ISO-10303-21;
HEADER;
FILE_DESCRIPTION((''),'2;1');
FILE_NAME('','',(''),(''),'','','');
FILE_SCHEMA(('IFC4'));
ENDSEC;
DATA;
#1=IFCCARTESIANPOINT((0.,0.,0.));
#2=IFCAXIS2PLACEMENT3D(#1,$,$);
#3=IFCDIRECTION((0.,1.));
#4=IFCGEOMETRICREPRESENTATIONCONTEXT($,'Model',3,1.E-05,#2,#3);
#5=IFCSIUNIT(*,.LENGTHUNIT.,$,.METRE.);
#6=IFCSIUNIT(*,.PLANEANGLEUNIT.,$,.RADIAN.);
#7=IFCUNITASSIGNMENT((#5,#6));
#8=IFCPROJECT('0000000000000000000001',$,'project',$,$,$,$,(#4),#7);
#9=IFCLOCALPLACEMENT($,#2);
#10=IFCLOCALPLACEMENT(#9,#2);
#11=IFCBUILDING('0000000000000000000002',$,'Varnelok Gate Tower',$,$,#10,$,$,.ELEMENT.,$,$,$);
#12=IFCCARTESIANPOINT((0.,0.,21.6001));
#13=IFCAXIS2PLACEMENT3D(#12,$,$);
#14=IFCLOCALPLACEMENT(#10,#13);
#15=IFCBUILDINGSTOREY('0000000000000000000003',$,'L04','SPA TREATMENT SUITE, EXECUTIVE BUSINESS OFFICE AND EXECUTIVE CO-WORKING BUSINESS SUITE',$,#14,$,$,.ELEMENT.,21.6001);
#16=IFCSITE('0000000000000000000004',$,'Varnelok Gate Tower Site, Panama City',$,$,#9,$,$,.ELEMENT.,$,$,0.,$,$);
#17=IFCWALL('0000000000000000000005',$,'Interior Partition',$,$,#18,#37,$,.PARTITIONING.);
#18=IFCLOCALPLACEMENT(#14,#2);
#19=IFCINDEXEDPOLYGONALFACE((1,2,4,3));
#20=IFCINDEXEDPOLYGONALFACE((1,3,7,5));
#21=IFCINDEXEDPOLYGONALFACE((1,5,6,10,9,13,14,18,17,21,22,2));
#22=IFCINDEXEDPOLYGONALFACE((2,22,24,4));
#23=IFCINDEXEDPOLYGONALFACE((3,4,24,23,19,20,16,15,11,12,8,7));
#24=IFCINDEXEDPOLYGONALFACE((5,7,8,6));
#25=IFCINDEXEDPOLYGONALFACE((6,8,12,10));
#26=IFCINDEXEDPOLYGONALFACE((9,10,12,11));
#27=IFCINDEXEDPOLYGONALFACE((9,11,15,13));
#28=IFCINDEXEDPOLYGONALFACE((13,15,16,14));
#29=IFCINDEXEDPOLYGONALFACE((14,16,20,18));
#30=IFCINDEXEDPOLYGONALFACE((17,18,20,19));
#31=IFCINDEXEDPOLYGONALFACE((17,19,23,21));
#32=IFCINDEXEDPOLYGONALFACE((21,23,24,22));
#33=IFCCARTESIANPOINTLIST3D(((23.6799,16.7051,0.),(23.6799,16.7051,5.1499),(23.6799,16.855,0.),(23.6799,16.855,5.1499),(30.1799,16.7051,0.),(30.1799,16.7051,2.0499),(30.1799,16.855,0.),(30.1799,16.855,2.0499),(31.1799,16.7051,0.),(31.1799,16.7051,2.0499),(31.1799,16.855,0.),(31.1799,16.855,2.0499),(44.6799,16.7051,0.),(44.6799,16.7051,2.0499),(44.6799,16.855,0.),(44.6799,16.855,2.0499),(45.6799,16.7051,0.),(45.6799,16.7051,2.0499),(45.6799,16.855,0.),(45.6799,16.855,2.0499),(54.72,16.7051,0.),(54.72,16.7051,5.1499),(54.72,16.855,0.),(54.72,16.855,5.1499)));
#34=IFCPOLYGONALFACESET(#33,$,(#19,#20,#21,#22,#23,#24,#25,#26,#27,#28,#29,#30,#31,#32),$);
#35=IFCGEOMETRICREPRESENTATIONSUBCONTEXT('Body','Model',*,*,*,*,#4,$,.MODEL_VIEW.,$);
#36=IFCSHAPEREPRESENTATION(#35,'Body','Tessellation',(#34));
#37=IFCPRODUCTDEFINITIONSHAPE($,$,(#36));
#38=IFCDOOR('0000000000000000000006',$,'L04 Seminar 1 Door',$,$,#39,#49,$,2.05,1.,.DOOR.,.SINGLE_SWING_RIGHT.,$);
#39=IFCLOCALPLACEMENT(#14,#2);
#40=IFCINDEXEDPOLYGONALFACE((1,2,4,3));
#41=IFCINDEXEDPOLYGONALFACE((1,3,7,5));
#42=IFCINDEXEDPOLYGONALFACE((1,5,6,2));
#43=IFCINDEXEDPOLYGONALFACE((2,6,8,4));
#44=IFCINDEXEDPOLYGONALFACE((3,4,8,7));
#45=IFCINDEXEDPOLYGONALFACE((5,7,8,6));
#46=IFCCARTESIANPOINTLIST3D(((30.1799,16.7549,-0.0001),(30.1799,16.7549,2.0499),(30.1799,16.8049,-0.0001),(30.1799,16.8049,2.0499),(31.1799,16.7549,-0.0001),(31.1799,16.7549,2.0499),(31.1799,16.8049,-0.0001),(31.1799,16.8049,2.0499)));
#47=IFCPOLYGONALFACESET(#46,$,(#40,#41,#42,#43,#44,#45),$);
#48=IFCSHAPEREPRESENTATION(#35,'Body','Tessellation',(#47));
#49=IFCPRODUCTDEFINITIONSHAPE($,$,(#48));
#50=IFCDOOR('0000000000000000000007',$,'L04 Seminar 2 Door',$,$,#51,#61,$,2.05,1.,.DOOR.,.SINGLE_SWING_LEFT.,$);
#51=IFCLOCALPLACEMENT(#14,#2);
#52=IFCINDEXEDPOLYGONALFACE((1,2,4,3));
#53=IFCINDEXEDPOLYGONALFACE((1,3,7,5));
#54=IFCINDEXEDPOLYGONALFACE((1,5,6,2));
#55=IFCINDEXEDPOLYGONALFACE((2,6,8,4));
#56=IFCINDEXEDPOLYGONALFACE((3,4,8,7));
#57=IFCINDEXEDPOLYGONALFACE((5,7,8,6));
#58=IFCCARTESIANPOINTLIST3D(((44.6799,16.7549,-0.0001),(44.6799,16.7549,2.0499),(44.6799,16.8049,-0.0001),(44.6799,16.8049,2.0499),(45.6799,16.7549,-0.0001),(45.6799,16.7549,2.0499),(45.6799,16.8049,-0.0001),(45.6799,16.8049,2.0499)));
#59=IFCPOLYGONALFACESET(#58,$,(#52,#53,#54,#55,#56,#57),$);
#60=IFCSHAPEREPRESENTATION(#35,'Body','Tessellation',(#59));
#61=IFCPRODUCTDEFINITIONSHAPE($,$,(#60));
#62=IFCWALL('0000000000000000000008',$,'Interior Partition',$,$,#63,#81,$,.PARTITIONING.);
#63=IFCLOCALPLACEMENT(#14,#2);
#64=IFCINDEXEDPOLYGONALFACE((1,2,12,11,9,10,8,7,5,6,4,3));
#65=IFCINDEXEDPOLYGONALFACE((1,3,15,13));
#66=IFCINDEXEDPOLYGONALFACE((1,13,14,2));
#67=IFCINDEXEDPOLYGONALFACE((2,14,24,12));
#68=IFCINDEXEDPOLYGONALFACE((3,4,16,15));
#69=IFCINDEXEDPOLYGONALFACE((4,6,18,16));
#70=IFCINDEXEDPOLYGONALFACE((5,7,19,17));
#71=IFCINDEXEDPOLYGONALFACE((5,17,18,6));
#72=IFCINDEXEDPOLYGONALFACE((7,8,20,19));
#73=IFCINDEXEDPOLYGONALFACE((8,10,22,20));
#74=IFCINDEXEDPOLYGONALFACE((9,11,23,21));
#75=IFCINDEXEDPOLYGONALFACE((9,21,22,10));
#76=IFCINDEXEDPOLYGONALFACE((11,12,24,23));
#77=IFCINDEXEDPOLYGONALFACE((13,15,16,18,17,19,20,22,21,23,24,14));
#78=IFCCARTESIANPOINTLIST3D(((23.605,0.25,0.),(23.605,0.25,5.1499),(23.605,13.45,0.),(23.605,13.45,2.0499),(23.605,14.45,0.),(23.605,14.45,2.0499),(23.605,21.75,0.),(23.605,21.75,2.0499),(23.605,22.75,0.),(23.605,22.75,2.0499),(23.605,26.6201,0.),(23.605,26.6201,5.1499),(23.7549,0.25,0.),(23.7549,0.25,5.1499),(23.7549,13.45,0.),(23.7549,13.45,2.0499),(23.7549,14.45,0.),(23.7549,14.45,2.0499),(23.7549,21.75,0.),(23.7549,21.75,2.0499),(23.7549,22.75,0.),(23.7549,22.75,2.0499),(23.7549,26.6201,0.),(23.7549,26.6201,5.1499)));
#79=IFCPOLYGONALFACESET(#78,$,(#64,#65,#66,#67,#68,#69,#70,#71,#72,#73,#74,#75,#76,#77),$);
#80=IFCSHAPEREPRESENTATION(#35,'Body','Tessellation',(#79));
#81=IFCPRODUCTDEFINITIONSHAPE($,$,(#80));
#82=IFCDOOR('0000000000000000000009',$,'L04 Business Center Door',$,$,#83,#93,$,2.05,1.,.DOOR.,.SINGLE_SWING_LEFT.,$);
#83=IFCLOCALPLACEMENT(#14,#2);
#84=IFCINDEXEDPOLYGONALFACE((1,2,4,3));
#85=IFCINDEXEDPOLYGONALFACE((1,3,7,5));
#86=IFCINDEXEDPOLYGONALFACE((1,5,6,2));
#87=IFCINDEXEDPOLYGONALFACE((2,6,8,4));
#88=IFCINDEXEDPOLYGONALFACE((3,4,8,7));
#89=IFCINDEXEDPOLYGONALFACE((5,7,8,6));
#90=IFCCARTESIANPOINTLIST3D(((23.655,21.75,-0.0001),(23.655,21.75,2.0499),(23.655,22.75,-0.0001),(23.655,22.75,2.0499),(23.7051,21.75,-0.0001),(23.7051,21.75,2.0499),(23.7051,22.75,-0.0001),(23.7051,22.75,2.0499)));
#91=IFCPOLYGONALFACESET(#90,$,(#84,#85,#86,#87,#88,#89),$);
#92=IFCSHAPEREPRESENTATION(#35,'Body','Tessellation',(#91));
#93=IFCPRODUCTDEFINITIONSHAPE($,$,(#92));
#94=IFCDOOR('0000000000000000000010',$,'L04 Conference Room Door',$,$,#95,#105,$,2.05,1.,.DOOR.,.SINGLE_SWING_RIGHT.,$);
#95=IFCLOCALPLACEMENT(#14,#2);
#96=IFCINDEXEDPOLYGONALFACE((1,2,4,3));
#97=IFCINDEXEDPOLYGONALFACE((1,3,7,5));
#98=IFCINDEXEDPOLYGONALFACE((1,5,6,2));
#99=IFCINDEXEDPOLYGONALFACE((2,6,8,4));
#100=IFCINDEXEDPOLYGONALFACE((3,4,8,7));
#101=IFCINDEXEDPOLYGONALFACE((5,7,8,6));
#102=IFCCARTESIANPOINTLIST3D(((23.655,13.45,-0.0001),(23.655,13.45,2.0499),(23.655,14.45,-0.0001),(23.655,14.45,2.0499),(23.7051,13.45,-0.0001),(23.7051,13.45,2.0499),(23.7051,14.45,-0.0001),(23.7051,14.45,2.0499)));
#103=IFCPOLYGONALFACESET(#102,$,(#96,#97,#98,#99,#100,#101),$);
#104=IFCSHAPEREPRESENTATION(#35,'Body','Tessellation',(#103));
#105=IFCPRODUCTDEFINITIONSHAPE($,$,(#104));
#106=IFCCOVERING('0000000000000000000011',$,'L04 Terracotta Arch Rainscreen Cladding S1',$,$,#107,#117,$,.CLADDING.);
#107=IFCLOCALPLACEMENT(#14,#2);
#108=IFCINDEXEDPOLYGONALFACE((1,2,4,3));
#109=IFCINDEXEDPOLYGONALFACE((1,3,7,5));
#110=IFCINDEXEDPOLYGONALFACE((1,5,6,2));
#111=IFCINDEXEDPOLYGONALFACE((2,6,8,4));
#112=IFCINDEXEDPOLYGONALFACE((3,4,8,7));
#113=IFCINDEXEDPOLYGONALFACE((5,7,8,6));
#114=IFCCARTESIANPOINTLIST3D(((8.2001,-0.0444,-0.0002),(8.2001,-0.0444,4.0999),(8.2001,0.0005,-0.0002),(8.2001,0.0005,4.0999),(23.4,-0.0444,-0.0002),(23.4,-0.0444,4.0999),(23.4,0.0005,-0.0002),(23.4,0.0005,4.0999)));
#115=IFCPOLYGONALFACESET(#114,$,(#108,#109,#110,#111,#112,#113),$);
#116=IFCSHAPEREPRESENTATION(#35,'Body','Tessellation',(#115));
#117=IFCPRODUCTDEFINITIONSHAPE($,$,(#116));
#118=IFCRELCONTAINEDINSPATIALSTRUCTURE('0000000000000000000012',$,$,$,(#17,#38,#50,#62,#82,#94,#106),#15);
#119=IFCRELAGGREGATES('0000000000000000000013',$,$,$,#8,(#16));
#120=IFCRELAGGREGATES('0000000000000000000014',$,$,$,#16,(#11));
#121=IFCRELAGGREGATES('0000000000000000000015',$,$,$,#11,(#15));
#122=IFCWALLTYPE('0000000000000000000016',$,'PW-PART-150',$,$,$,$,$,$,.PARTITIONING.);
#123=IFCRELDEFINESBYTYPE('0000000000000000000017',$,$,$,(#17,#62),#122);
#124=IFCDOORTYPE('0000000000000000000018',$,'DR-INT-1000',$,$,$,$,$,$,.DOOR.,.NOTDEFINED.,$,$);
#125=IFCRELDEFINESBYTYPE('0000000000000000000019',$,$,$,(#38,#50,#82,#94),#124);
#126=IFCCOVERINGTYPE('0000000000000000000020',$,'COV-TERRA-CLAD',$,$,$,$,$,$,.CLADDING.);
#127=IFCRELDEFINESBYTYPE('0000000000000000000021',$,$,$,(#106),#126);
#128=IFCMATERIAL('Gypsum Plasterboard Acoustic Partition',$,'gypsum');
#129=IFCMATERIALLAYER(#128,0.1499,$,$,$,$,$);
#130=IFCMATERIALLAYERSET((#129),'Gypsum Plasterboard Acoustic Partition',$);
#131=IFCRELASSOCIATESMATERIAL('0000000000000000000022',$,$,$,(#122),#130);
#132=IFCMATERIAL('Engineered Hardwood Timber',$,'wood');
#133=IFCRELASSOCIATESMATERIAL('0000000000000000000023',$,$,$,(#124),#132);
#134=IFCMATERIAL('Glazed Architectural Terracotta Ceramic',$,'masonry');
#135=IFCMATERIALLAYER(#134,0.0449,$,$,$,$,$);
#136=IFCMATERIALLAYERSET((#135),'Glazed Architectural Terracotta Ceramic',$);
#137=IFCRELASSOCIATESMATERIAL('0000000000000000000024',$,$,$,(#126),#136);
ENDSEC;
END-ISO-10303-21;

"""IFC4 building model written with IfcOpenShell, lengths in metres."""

from ifc_helpers import new_model, si_unit, direction, frame, frame_2d, origin, origin_2d, place, context, subcontext, project, spatial, rectangle, extrude, source, transform, mapped, material, layer, layer_set, type_object, element, fill, save


model = new_model("IFC4")

# Units and contexts
model_context = context("Model", 3, precision=1e-05, world=origin(), true_north=direction((0.0, 1.0)))
body_context = subcontext(model_context, "Body", "Model", "MODEL_VIEW")
ifc_project = project(units=[si_unit("LENGTHUNIT", "METRE"), si_unit("PLANEANGLEUNIT", "RADIAN")], contexts=[model_context])

# Site, building, storey
site_placement = place(None, origin())
site = spatial("IfcSite", under=ifc_project, at=site_placement, Name="Varnelok Gate Tower Site, Panama City", CompositionType="ELEMENT", RefElevation=0.0)
building_placement = place(site_placement, origin())
building = spatial("IfcBuilding", under=site, at=building_placement, Name="Varnelok Gate Tower", CompositionType="ELEMENT")
storey_placement = place(building_placement, frame((0.0, 0.0, 21.6001)))
storey = spatial("IfcBuildingStorey", under=building, at=storey_placement, Name="L04", Description="SPA TREATMENT SUITE, EXECUTIVE BUSINESS OFFICE AND EXECUTIVE CO-WORKING BUSINESS SUITE", CompositionType="ELEMENT", Elevation=21.6001)

# Walls, openings, doors
ifc_material_1 = material(Name="Gypsum Plasterboard Acoustic Partition", Category="gypsum")
ifc_layer_1 = layer(ifc_material_1, 0.1499)
ifc_layer_set_1 = layer_set([ifc_layer_1], Name="Gypsum Plasterboard Acoustic Partition")
wall_type_1 = type_object("IfcWallType", Name="PW-PART-150", PredefinedType="PARTITIONING", material=ifc_layer_set_1)
wall_1_placement = place(storey_placement, frame((23.6799, 16.78, 0.0), z_axis=(0.0, 0.0, 1.0), x_axis=(1.0, 0.0, 0.0)))
wall_1 = element("IfcWall", 1, at=wall_1_placement, inside=storey, type_object=wall_type_1, Name="Interior Partition", PredefinedType="PARTITIONING", context=body_context, shape_type="SweptSolid", body=[
    extrude(rectangle(XDim=31.04, YDim=0.1499, at=frame_2d((15.52, 0.0))), origin(), (0.0, 0.0, 1.0), 5.1499),
])
opening_1_placement = place(wall_1_placement, frame((6.5, 0.0, 0.0)))
opening_1 = element("IfcOpeningElement", 2, at=opening_1_placement, cuts=wall_1, PredefinedType="OPENING", context=body_context, shape_type="SweptSolid", body=[
    extrude(rectangle(XDim=1.0, YDim=2.05, at=frame_2d((0.5, 1.0249))), frame((0.0, 0.085, 0.0), z_axis=(0.0, -1.0, 0.0), x_axis=(1.0, 0.0, 0.0)), (0.0, 0.0, 1.0), 0.1699),
])
opening_2_placement = place(wall_1_placement, frame((21.0, 0.0, 0.0)))
opening_2 = element("IfcOpeningElement", 3, at=opening_2_placement, cuts=wall_1, PredefinedType="OPENING", context=body_context, shape_type="SweptSolid", body=[
    extrude(rectangle(XDim=1.0, YDim=2.05, at=frame_2d((0.5, 1.0249))), frame((0.0, 0.085, 0.0), z_axis=(0.0, -1.0, 0.0), x_axis=(1.0, 0.0, 0.0)), (0.0, 0.0, 1.0), 0.1699),
])
ifc_material_2 = material(Name="Engineered Hardwood Timber", Category="wood")
door_type = type_object("IfcDoorType", Name="DR-INT-1000", OperationType="NOTDEFINED", PredefinedType="DOOR", material=ifc_material_2)
door_1_placement = place(opening_1_placement, origin())
door_1 = element("IfcDoor", 4, at=door_1_placement, inside=storey, type_object=door_type, Name="L04 Seminar 1 Door", OperationType="SINGLE_SWING_RIGHT", OverallHeight=2.05, OverallWidth=1.0, PredefinedType="DOOR", context=body_context, shape_type="SweptSolid", body=[
    extrude(rectangle(XDim=1.0, YDim=2.05, at=frame_2d((0.5, 1.0249))), frame((0.0, 0.0249, 0.0), z_axis=(0.0, -1.0, 0.0), x_axis=(1.0, 0.0, 0.0)), (0.0, 0.0, 1.0), 0.05),
])
fill(opening_1, door_1)
door_2_placement = place(opening_2_placement, origin())
door_2 = element("IfcDoor", 5, at=door_2_placement, inside=storey, type_object=door_type, Name="L04 Seminar 2 Door", OperationType="SINGLE_SWING_LEFT", OverallHeight=2.05, OverallWidth=1.0, PredefinedType="DOOR", context=body_context, shape_type="SweptSolid", body=[
    extrude(rectangle(XDim=1.0, YDim=2.05, at=frame_2d((0.5, 1.0249))), frame((0.0, 0.0249, 0.0), z_axis=(0.0, -1.0, 0.0), x_axis=(1.0, 0.0, 0.0)), (0.0, 0.0, 1.0), 0.05),
])
fill(opening_2, door_2)
wall_2_placement = place(storey_placement, frame((23.6799, 0.25, 0.0), z_axis=(0.0, 0.0, 1.0), x_axis=(0.0, 1.0, 0.0)))
wall_2 = element("IfcWall", 6, at=wall_2_placement, inside=storey, type_object=wall_type_1, Name="Interior Partition", PredefinedType="PARTITIONING", context=body_context, shape_type="SweptSolid", body=[
    extrude(rectangle(XDim=26.3701, YDim=0.1499, at=frame_2d((13.1851, 0.0))), origin(), (0.0, 0.0, 1.0), 5.1499),
])
opening_3_placement = place(wall_2_placement, frame((21.5, 0.0, 0.0)))
opening_3 = element("IfcOpeningElement", 7, at=opening_3_placement, cuts=wall_2, PredefinedType="OPENING", context=body_context, shape_type="SweptSolid", body=[
    extrude(rectangle(XDim=1.0, YDim=2.05, at=frame_2d((0.5, 1.0249))), frame((0.0, 0.085, 0.0), z_axis=(0.0, -1.0, 0.0), x_axis=(1.0, 0.0, 0.0)), (0.0, 0.0, 1.0), 0.1699),
])
opening_4_placement = place(wall_2_placement, frame((13.2, 0.0, 0.0)))
opening_4 = element("IfcOpeningElement", 8, at=opening_4_placement, cuts=wall_2, PredefinedType="OPENING", context=body_context, shape_type="SweptSolid", body=[
    extrude(rectangle(XDim=1.0, YDim=2.05, at=frame_2d((0.5, 1.0249))), frame((0.0, 0.085, 0.0), z_axis=(0.0, -1.0, 0.0), x_axis=(1.0, 0.0, 0.0)), (0.0, 0.0, 1.0), 0.1699),
])
door_3_placement = place(opening_3_placement, origin())
door_3 = element("IfcDoor", 9, at=door_3_placement, inside=storey, type_object=door_type, Name="L04 Business Center Door", OperationType="SINGLE_SWING_LEFT", OverallHeight=2.05, OverallWidth=1.0, PredefinedType="DOOR", context=body_context, shape_type="SweptSolid", body=[
    extrude(rectangle(XDim=1.0, YDim=2.05, at=frame_2d((0.5, 1.0249))), frame((0.0, 0.0249, 0.0), z_axis=(0.0, -1.0, 0.0), x_axis=(1.0, 0.0, 0.0)), (0.0, 0.0, 1.0), 0.05),
])
fill(opening_3, door_3)
door_4_placement = place(opening_4_placement, origin())
door_4 = element("IfcDoor", 10, at=door_4_placement, inside=storey, type_object=door_type, Name="L04 Conference Room Door", OperationType="SINGLE_SWING_RIGHT", OverallHeight=2.05, OverallWidth=1.0, PredefinedType="DOOR", context=body_context, shape_type="SweptSolid", body=[
    extrude(rectangle(XDim=1.0, YDim=2.05, at=frame_2d((0.5, 1.0249))), frame((0.0, 0.0249, 0.0), z_axis=(0.0, -1.0, 0.0), x_axis=(1.0, 0.0, 0.0)), (0.0, 0.0, 1.0), 0.05),
])
fill(opening_4, door_4)

# Covering
ifc_material_3 = material(Name="Glazed Architectural Terracotta Ceramic", Category="masonry")
ifc_layer_2 = layer(ifc_material_3, 0.0449)
ifc_layer_set_2 = layer_set([ifc_layer_2], Name="Glazed Architectural Terracotta Ceramic")
covering_type = type_object("IfcCoveringType", Name="COV-TERRA-CLAD", PredefinedType="CLADDING", material=ifc_layer_set_2)
shared_shape = source(origin(), body_context, "Body", "SweptSolid", [
    extrude(rectangle(XDim=15.2, YDim=0.0449, at=origin_2d()), origin(), (0.0, 0.0, 1.0), 4.1001),
])
covering_placement = place(storey_placement, frame((15.8, -0.022, -0.0002), z_axis=(0.0, 0.0, 1.0), x_axis=(1.0, 0.0, 0.0)))
element("IfcCovering", 11, at=covering_placement, inside=storey, type_object=covering_type, Name="L04 Terracotta Arch Rainscreen Cladding S1", PredefinedType="CLADDING", context=body_context, shape_type="MappedRepresentation", body=[
    mapped(shared_shape, transform((0.0, 0.0, 0.0), scale=1.0)),
])

save(model, "model.ifc")
